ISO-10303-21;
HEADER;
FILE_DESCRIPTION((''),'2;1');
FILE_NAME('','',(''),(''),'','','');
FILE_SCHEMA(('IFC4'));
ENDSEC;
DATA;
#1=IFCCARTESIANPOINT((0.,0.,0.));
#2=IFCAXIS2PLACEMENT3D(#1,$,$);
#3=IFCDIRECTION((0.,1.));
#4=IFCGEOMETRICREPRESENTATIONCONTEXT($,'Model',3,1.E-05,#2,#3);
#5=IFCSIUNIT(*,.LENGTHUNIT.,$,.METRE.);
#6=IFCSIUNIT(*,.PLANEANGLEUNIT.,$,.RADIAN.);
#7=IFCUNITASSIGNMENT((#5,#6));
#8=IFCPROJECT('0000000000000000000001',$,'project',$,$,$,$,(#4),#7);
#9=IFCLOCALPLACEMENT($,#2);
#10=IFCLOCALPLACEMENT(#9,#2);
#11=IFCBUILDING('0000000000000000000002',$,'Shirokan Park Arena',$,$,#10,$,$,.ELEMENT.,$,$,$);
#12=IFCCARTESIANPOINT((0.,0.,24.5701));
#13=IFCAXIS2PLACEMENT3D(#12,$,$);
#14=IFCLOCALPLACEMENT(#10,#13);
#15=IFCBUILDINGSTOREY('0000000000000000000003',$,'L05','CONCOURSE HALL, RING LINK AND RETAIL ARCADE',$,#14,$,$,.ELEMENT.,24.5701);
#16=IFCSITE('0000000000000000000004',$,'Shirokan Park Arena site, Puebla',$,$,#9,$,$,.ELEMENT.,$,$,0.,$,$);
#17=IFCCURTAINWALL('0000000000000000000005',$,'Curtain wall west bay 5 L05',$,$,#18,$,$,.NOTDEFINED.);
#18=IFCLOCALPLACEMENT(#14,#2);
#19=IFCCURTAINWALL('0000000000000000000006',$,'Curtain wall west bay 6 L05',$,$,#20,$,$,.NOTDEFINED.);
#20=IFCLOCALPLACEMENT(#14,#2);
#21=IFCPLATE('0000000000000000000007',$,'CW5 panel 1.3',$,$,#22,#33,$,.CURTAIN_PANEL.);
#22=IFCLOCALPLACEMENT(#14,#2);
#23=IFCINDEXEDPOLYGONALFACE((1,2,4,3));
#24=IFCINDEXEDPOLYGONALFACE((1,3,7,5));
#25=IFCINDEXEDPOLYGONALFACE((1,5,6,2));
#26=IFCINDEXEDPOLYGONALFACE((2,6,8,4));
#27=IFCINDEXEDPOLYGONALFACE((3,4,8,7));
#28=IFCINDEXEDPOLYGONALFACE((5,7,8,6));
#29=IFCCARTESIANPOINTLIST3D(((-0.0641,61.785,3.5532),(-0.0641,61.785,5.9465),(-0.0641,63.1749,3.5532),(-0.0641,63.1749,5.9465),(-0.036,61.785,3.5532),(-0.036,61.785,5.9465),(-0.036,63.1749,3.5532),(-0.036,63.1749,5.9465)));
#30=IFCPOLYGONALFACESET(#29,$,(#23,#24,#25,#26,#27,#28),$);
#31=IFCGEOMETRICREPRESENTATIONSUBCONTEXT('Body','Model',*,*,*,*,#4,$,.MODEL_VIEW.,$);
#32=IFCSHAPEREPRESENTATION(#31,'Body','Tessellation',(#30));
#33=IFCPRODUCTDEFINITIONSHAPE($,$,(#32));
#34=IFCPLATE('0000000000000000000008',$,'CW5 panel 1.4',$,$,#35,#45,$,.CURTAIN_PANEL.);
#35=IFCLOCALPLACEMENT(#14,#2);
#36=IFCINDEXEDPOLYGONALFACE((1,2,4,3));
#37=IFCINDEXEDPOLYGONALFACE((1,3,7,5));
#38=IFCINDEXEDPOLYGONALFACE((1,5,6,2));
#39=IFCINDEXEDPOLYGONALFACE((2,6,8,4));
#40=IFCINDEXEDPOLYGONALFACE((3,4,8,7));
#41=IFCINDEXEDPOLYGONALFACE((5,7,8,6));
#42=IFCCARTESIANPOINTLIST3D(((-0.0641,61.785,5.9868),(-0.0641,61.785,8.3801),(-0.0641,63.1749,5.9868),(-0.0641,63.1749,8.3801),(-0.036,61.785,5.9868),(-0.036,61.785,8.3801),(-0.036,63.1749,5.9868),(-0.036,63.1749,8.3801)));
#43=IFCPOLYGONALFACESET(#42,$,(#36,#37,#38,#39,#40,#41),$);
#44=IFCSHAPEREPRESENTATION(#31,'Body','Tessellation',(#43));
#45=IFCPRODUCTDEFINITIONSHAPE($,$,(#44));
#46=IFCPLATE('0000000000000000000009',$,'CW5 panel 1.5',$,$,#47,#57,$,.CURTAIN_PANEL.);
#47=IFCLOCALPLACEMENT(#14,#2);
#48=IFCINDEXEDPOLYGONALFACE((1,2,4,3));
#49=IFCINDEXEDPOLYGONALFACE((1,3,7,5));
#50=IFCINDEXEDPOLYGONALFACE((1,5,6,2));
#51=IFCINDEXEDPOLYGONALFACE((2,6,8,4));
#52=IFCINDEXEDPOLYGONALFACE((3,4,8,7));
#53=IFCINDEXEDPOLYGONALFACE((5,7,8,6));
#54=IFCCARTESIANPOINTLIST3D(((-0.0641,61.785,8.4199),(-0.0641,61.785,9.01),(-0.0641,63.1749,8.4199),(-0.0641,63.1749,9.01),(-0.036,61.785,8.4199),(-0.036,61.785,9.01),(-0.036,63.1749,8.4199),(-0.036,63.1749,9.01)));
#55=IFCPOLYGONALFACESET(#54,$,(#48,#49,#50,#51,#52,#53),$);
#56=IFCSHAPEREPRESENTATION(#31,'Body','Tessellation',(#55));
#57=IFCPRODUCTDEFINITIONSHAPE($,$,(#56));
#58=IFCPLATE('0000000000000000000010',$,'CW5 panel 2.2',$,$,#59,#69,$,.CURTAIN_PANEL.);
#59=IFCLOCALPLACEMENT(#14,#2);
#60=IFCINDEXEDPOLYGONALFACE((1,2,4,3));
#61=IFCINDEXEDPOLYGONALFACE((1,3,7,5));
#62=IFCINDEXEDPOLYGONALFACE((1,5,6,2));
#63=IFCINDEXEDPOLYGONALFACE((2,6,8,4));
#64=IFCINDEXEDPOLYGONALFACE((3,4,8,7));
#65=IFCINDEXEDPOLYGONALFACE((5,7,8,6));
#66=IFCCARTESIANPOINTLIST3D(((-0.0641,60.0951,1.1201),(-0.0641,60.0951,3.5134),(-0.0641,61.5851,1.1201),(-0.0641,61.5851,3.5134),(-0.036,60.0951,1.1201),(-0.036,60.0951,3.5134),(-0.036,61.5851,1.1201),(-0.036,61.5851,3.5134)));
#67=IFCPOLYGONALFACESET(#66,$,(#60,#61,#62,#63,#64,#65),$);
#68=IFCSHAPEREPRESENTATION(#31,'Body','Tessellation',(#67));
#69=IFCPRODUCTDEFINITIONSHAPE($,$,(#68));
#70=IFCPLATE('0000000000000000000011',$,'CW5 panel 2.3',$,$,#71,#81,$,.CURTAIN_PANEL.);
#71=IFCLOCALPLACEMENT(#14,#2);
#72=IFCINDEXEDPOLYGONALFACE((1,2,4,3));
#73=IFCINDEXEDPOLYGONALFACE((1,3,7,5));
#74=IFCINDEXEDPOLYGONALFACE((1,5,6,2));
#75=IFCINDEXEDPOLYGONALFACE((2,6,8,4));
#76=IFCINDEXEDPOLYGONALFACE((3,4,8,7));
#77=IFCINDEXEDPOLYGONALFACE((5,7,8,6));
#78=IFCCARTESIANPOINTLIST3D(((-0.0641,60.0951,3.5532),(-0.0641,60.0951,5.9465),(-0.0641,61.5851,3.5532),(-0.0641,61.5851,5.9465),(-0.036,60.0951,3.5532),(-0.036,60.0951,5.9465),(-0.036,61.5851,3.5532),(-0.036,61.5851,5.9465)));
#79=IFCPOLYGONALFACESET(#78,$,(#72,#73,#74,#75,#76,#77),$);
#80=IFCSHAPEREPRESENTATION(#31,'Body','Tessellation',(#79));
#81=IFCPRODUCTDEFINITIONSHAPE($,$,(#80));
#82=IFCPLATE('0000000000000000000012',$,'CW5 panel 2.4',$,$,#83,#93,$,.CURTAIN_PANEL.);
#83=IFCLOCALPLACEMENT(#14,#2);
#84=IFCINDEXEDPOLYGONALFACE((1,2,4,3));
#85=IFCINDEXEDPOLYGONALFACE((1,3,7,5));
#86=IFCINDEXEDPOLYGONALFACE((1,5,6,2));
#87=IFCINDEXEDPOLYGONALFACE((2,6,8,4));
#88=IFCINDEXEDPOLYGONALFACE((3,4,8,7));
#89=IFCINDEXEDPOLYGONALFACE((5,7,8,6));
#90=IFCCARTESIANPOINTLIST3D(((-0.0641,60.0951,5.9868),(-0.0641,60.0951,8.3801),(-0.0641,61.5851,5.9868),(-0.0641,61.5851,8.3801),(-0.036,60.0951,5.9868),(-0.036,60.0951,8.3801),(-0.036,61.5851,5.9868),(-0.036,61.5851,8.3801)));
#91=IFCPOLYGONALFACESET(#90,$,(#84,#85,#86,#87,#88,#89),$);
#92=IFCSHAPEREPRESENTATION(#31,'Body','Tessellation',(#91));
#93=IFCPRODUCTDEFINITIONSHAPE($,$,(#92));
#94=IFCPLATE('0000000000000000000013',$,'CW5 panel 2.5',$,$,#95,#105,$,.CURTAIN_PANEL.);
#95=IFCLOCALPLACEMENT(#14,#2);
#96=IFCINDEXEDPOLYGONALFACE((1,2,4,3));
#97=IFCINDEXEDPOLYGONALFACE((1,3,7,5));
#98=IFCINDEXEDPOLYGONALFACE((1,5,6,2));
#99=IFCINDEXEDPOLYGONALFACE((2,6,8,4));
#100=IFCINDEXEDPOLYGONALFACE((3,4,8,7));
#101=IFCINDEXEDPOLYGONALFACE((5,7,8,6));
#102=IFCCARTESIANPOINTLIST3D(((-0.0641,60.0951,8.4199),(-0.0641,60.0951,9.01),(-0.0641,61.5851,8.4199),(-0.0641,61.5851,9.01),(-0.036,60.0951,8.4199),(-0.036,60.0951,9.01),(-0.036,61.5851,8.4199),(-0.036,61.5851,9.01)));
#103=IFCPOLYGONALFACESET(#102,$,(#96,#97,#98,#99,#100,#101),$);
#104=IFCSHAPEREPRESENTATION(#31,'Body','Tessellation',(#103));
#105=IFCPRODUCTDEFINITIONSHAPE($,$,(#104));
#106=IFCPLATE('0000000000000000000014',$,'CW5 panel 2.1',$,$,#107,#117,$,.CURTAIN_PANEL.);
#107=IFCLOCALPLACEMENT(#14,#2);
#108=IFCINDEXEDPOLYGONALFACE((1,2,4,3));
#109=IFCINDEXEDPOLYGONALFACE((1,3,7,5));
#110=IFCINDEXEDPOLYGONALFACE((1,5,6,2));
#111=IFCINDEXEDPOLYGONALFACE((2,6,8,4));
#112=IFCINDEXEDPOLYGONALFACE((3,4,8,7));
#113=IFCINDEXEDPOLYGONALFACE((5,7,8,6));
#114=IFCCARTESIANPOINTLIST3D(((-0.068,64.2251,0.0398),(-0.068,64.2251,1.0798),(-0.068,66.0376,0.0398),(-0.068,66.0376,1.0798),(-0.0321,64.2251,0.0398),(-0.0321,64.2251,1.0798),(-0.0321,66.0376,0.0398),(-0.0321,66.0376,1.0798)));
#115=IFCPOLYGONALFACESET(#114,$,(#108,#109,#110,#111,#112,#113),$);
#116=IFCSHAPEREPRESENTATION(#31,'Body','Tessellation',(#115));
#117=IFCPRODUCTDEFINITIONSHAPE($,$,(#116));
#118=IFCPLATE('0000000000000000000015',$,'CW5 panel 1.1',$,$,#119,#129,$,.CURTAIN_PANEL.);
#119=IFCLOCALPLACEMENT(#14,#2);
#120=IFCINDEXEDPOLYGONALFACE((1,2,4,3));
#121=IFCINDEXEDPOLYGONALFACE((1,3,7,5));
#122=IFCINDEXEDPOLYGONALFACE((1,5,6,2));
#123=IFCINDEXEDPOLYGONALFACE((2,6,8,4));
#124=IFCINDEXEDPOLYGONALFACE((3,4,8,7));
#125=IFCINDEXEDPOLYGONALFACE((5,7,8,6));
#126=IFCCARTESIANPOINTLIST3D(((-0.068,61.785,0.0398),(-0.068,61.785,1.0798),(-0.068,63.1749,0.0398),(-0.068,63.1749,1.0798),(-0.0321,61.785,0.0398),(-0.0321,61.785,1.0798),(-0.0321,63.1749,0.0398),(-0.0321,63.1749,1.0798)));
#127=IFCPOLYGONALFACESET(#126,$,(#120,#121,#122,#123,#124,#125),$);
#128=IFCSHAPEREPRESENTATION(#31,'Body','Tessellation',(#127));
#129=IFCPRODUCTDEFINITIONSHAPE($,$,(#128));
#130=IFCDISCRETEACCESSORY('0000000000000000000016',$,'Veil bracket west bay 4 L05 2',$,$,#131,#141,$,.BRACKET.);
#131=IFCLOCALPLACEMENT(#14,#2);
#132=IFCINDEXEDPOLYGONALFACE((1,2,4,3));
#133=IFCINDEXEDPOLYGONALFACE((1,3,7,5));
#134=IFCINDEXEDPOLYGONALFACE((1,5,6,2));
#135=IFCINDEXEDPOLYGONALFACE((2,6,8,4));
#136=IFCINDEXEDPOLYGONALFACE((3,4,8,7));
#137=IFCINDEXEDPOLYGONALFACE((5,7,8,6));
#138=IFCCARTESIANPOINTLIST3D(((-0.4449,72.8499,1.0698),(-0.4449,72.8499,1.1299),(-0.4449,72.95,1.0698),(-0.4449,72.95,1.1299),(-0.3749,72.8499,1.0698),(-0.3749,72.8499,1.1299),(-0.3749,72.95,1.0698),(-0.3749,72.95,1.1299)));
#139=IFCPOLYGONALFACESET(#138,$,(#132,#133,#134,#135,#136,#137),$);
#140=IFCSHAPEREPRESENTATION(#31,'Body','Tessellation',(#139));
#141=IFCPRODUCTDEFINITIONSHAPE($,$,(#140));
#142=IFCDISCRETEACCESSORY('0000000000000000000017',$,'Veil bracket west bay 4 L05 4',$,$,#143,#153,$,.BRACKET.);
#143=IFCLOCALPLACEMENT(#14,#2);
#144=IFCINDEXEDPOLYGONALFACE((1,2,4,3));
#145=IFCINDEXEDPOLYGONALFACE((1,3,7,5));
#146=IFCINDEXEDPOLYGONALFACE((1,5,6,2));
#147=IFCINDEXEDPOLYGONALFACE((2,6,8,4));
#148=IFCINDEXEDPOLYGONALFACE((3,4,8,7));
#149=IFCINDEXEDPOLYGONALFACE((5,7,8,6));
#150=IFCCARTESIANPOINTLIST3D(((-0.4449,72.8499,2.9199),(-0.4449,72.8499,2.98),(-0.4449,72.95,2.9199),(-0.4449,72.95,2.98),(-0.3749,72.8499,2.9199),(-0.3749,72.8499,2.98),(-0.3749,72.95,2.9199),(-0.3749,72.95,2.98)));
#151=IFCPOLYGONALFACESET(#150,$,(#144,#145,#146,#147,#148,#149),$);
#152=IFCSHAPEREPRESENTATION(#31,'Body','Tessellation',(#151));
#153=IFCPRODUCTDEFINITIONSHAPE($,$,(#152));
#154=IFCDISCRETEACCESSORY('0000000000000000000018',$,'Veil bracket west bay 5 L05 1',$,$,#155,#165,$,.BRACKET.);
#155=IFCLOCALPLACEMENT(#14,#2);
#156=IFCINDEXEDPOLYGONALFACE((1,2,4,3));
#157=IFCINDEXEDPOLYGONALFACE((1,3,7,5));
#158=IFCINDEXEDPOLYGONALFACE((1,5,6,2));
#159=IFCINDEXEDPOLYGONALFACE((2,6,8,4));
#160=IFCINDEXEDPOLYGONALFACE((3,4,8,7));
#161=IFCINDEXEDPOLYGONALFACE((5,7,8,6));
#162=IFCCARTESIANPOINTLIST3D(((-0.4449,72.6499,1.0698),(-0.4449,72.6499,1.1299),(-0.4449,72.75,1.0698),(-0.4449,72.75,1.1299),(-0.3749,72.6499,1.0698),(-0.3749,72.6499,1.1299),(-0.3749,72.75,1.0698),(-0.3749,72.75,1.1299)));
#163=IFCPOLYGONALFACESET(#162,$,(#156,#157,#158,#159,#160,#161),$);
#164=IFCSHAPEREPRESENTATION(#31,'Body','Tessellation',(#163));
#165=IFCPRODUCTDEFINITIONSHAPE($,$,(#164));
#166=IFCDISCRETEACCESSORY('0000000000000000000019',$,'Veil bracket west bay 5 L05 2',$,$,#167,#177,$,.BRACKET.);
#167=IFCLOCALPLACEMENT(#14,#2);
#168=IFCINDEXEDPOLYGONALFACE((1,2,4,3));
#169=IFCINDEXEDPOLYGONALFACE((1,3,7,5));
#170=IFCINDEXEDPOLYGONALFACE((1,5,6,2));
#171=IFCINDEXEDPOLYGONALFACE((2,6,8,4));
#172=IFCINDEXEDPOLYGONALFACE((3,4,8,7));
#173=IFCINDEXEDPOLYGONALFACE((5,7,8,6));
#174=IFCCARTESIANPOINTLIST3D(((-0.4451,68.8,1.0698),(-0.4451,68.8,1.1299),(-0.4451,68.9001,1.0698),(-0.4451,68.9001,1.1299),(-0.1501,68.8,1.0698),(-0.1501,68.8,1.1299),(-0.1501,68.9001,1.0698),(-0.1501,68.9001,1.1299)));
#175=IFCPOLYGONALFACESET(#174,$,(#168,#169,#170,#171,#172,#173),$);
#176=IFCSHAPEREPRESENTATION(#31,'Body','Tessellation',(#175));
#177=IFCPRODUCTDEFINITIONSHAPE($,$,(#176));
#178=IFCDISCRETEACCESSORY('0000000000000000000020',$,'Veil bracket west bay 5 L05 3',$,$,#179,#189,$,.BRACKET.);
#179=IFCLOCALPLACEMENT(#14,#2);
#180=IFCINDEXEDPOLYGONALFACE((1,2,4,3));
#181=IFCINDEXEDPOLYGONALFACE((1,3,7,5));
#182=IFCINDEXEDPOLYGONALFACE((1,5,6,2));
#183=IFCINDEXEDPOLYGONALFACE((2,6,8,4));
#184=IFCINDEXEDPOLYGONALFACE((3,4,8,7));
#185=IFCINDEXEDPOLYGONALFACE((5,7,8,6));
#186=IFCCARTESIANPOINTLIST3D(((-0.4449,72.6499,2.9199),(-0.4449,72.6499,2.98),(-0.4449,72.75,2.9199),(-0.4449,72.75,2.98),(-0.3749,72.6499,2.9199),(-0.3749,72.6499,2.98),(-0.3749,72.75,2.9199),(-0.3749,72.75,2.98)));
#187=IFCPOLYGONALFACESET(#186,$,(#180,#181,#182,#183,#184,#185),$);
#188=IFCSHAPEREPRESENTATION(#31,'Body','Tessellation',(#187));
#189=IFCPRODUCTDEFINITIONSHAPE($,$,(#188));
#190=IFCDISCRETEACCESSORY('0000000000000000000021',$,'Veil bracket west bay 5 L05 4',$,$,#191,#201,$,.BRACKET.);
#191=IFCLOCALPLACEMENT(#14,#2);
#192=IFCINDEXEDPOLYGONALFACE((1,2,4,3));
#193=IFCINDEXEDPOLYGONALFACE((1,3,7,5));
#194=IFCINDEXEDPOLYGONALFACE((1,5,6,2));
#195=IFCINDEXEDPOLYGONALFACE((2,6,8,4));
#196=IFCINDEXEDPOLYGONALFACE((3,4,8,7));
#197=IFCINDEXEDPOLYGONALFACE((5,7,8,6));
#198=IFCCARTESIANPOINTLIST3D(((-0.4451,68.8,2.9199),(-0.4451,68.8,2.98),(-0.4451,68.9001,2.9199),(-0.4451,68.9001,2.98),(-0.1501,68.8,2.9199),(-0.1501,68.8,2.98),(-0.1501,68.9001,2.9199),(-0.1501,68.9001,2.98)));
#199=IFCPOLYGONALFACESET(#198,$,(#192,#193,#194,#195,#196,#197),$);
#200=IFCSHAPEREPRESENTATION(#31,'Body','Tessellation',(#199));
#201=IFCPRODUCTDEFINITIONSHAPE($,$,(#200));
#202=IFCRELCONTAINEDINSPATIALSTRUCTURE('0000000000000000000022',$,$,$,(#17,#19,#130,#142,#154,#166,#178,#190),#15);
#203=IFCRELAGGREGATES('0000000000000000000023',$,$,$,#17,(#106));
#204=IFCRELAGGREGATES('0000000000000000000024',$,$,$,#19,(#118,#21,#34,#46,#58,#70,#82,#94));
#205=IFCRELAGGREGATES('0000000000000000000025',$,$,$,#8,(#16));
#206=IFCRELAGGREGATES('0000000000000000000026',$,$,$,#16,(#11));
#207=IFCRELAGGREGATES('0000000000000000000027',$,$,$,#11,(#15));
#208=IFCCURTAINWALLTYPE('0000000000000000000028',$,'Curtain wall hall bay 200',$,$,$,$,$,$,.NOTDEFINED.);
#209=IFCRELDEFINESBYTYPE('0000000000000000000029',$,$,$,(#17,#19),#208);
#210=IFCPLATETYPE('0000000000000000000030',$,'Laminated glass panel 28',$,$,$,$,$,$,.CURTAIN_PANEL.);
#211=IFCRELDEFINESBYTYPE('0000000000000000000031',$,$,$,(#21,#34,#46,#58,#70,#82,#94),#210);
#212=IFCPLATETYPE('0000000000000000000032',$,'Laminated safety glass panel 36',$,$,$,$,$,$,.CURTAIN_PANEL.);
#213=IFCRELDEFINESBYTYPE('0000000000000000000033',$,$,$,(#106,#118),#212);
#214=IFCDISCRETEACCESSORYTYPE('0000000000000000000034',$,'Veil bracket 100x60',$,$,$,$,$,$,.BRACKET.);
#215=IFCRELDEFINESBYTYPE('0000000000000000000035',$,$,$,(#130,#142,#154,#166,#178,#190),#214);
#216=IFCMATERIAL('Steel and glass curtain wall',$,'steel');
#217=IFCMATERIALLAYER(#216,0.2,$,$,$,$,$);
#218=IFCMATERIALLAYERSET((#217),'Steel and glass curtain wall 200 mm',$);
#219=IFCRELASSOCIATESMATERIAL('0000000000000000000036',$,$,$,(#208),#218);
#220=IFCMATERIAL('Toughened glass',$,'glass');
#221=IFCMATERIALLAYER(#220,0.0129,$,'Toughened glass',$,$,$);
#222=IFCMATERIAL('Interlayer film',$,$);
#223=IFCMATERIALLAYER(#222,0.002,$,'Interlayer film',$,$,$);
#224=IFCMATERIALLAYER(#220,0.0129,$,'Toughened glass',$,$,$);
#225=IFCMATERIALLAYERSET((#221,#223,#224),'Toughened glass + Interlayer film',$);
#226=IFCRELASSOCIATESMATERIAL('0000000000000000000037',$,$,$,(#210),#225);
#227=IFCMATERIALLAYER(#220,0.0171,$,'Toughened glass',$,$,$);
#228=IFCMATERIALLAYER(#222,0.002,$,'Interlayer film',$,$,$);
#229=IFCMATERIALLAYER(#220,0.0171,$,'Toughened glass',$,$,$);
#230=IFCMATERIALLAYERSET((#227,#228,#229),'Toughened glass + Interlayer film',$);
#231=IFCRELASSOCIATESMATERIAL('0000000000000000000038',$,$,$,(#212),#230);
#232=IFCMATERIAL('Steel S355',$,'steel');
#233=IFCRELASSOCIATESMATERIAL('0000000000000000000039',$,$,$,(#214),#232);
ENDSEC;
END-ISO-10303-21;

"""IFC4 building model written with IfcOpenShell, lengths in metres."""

from ifc_helpers import new_model, si_unit, direction, frame, origin, origin_2d, place, context, subcontext, project, spatial, rectangle, extrude, material, layer, layer_set, type_object, element, aggregate, save


model = new_model("IFC4")

# Units and contexts
model_context = context("Model", 3, precision=1e-05, world=origin(), true_north=direction((0.0, 1.0)))
body_context = subcontext(model_context, "Body", "Model", "MODEL_VIEW")
ifc_project = project(units=[si_unit("LENGTHUNIT", "METRE"), si_unit("PLANEANGLEUNIT", "RADIAN")], contexts=[model_context])

# Site, building, storey
site_placement = place(None, origin())
site = spatial("IfcSite", under=ifc_project, at=site_placement, Name="Shirokan Park Arena site, Puebla", CompositionType="ELEMENT", RefElevation=0.0)
building_placement = place(site_placement, origin())
building = spatial("IfcBuilding", under=site, at=building_placement, Name="Shirokan Park Arena", CompositionType="ELEMENT")
storey_placement = place(building_placement, frame((0.0, 0.0, 24.5701)))
storey = spatial("IfcBuildingStorey", under=building, at=storey_placement, Name="L05", Description="CONCOURSE HALL, RING LINK AND RETAIL ARCADE", CompositionType="ELEMENT", Elevation=24.5701)

# Curtain wall
ifc_material_1 = material(Name="Steel and glass curtain wall", Category="steel")
ifc_layer_1 = layer(ifc_material_1, 0.2)
ifc_layer_set_1 = layer_set([ifc_layer_1], Name="Steel and glass curtain wall 200 mm")
curtain_wall_type = type_object("IfcCurtainWallType", Name="Curtain wall hall bay 200", PredefinedType="NOTDEFINED", material=ifc_layer_set_1)
curtain_wall_1_placement = place(storey_placement, origin())
curtain_wall_1 = element("IfcCurtainWall", 1, at=curtain_wall_1_placement, inside=storey, type_object=curtain_wall_type, Name="Curtain wall west bay 5 L05", PredefinedType="NOTDEFINED")
ifc_material_2 = material(Name="Steel S355", Category="steel")

# Curtain wall
curtain_wall_2_placement = place(storey_placement, origin())
curtain_wall_2 = element("IfcCurtainWall", 2, at=curtain_wall_2_placement, inside=storey, type_object=curtain_wall_type, Name="Curtain wall west bay 6 L05", PredefinedType="NOTDEFINED")

# Plates
ifc_material_3 = material(Name="Toughened glass", Category="glass")
ifc_layer_2 = layer(ifc_material_3, 0.0129, Name="Toughened glass")
ifc_material_4 = material(Name="Interlayer film")
ifc_layer_3 = layer(ifc_material_4, 0.002, Name="Interlayer film")
ifc_layer_4 = layer(ifc_material_3, 0.0129, Name="Toughened glass")
ifc_layer_set_2 = layer_set([ifc_layer_2, ifc_layer_3, ifc_layer_4], Name="Toughened glass + Interlayer film")
plate_type_1 = type_object("IfcPlateType", Name="Laminated glass panel 28", PredefinedType="CURTAIN_PANEL", material=ifc_layer_set_2)
plate_1_placement = place(storey_placement, frame((-0.05, 62.48, 3.5532), z_axis=(0.0, 0.0, 1.0), x_axis=(0.0, -1.0, 0.0)))
plate_1 = element("IfcPlate", 3, at=plate_1_placement, type_object=plate_type_1, Name="CW5 panel 1.3", PredefinedType="CURTAIN_PANEL", context=body_context, shape_type="SweptSolid", body=[
    extrude(rectangle(XDim=1.3899, YDim=0.0281, at=origin_2d()), origin(), (0.0, 0.0, 1.0), 2.3933),
])
plate_2_placement = place(storey_placement, frame((-0.05, 62.48, 5.9868), z_axis=(0.0, 0.0, 1.0), x_axis=(0.0, -1.0, 0.0)))
plate_2 = element("IfcPlate", 4, at=plate_2_placement, type_object=plate_type_1, Name="CW5 panel 1.4", PredefinedType="CURTAIN_PANEL", context=body_context, shape_type="SweptSolid", body=[
    extrude(rectangle(XDim=1.3899, YDim=0.0281, at=origin_2d()), origin(), (0.0, 0.0, 1.0), 2.3933),
])
plate_3_placement = place(storey_placement, frame((-0.05, 62.48, 8.4199), z_axis=(0.0, 0.0, 1.0), x_axis=(0.0, -1.0, 0.0)))
plate_3 = element("IfcPlate", 5, at=plate_3_placement, type_object=plate_type_1, Name="CW5 panel 1.5", PredefinedType="CURTAIN_PANEL", context=body_context, shape_type="SweptSolid", body=[
    extrude(rectangle(XDim=1.3899, YDim=0.0281, at=origin_2d()), origin(), (0.0, 0.0, 1.0), 0.5901),
])
plate_4_placement = place(storey_placement, frame((-0.05, 60.8401, 1.1201), z_axis=(0.0, 0.0, 1.0), x_axis=(0.0, -1.0, 0.0)))
plate_4 = element("IfcPlate", 6, at=plate_4_placement, type_object=plate_type_1, Name="CW5 panel 2.2", PredefinedType="CURTAIN_PANEL", context=body_context, shape_type="SweptSolid", body=[
    extrude(rectangle(XDim=1.49, YDim=0.0281, at=origin_2d()), origin(), (0.0, 0.0, 1.0), 2.3933),
])
plate_5_placement = place(storey_placement, frame((-0.05, 60.8401, 3.5532), z_axis=(0.0, 0.0, 1.0), x_axis=(0.0, -1.0, 0.0)))
plate_5 = element("IfcPlate", 7, at=plate_5_placement, type_object=plate_type_1, Name="CW5 panel 2.3", PredefinedType="CURTAIN_PANEL", context=body_context, shape_type="SweptSolid", body=[
    extrude(rectangle(XDim=1.49, YDim=0.0281, at=origin_2d()), origin(), (0.0, 0.0, 1.0), 2.3933),
])
plate_6_placement = place(storey_placement, frame((-0.05, 60.8401, 5.9868), z_axis=(0.0, 0.0, 1.0), x_axis=(0.0, -1.0, 0.0)))
plate_6 = element("IfcPlate", 8, at=plate_6_placement, type_object=plate_type_1, Name="CW5 panel 2.4", PredefinedType="CURTAIN_PANEL", context=body_context, shape_type="SweptSolid", body=[
    extrude(rectangle(XDim=1.49, YDim=0.0281, at=origin_2d()), origin(), (0.0, 0.0, 1.0), 2.3933),
])
plate_7_placement = place(storey_placement, frame((-0.05, 60.8401, 8.4199), z_axis=(0.0, 0.0, 1.0), x_axis=(0.0, -1.0, 0.0)))
plate_7 = element("IfcPlate", 9, at=plate_7_placement, type_object=plate_type_1, Name="CW5 panel 2.5", PredefinedType="CURTAIN_PANEL", context=body_context, shape_type="SweptSolid", body=[
    extrude(rectangle(XDim=1.49, YDim=0.0281, at=origin_2d()), origin(), (0.0, 0.0, 1.0), 0.5901),
])
ifc_layer_5 = layer(ifc_material_3, 0.0171, Name="Toughened glass")
ifc_layer_6 = layer(ifc_material_4, 0.002, Name="Interlayer film")
ifc_layer_7 = layer(ifc_material_3, 0.0171, Name="Toughened glass")
ifc_layer_set_3 = layer_set([ifc_layer_5, ifc_layer_6, ifc_layer_7], Name="Toughened glass + Interlayer film")
plate_type_2 = type_object("IfcPlateType", Name="Laminated safety glass panel 36", PredefinedType="CURTAIN_PANEL", material=ifc_layer_set_3)
plate_8_placement = place(storey_placement, frame((-0.05, 65.1313, 0.0398), z_axis=(0.0, 0.0, 1.0), x_axis=(0.0, -1.0, 0.0)))
plate_8 = element("IfcPlate", 10, at=plate_8_placement, type_object=plate_type_2, Name="CW5 panel 2.1", PredefinedType="CURTAIN_PANEL", context=body_context, shape_type="SweptSolid", body=[
    extrude(rectangle(XDim=1.8125, YDim=0.0359, at=origin_2d()), origin(), (0.0, 0.0, 1.0), 1.04),
])
aggregate(curtain_wall_1, [plate_8])
plate_9_placement = place(storey_placement, frame((-0.05, 62.48, 0.0398), z_axis=(0.0, 0.0, 1.0), x_axis=(0.0, -1.0, 0.0)))
plate_9 = element("IfcPlate", 11, at=plate_9_placement, type_object=plate_type_2, Name="CW5 panel 1.1", PredefinedType="CURTAIN_PANEL", context=body_context, shape_type="SweptSolid", body=[
    extrude(rectangle(XDim=1.3899, YDim=0.0359, at=origin_2d()), origin(), (0.0, 0.0, 1.0), 1.04),
])
aggregate(curtain_wall_2, [plate_9, plate_1, plate_2, plate_3, plate_4, plate_5, plate_6, plate_7])

# Discrete accessories
discrete_accessory_type = type_object("IfcDiscreteAccessoryType", Name="Veil bracket 100x60", PredefinedType="BRACKET", material=ifc_material_2)
for number, where, z_axis, x_axis, name in (
    (12, (-0.4099, 72.8999, 1.0698), (0.0, 0.0, 1.0), (0.0, -1.0, 0.0), "Veil bracket west bay 4 L05 2"),
    (13, (-0.4099, 72.8999, 2.9199), (0.0, 0.0, 1.0), (0.0, -1.0, 0.0), "Veil bracket west bay 4 L05 4"),
    (14, (-0.4099, 72.7, 1.0698), (0.0, 0.0, 1.0), (0.0, -1.0, 0.0), "Veil bracket west bay 5 L05 1"),
):
    element("IfcDiscreteAccessory", number, at=place(storey_placement, frame(where, z_axis=z_axis, x_axis=x_axis)), inside=storey, type_object=discrete_accessory_type, Name=name, PredefinedType="BRACKET", context=body_context, shape_type="SweptSolid", body=[
        extrude(rectangle(XDim=0.1001, YDim=0.0701, at=origin_2d()), origin(), (0.0, 0.0, 1.0), 0.0601),
    ])
discrete_accessory_1_placement = place(storey_placement, frame((-0.2976, 68.8501, 1.0698), z_axis=(0.0, 0.0, 1.0), x_axis=(0.0, -1.0, 0.0)))
element("IfcDiscreteAccessory", 15, at=discrete_accessory_1_placement, inside=storey, type_object=discrete_accessory_type, Name="Veil bracket west bay 5 L05 2", PredefinedType="BRACKET", context=body_context, shape_type="SweptSolid", body=[
    extrude(rectangle(XDim=0.1001, YDim=0.2949, at=origin_2d()), origin(), (0.0, 0.0, 1.0), 0.0601),
])
discrete_accessory_2_placement = place(storey_placement, frame((-0.4099, 72.7, 2.9199), z_axis=(0.0, 0.0, 1.0), x_axis=(0.0, -1.0, 0.0)))
element("IfcDiscreteAccessory", 16, at=discrete_accessory_2_placement, inside=storey, type_object=discrete_accessory_type, Name="Veil bracket west bay 5 L05 3", PredefinedType="BRACKET", context=body_context, shape_type="SweptSolid", body=[
    extrude(rectangle(XDim=0.1001, YDim=0.0701, at=origin_2d()), origin(), (0.0, 0.0, 1.0), 0.0601),
])
for number, where, z_axis, x_axis, name in (
    (17, (-0.2976, 68.8501, 2.9199), (0.0, 0.0, 1.0), (0.0, -1.0, 0.0), "Veil bracket west bay 5 L05 4"),
):
    element("IfcDiscreteAccessory", number, at=place(storey_placement, frame(where, z_axis=z_axis, x_axis=x_axis)), inside=storey, type_object=discrete_accessory_type, Name=name, PredefinedType="BRACKET", context=body_context, shape_type="SweptSolid", body=[
        extrude(rectangle(XDim=0.1001, YDim=0.2949, at=origin_2d()), origin(), (0.0, 0.0, 1.0), 0.0601),
    ])

save(model, "model.ifc")
